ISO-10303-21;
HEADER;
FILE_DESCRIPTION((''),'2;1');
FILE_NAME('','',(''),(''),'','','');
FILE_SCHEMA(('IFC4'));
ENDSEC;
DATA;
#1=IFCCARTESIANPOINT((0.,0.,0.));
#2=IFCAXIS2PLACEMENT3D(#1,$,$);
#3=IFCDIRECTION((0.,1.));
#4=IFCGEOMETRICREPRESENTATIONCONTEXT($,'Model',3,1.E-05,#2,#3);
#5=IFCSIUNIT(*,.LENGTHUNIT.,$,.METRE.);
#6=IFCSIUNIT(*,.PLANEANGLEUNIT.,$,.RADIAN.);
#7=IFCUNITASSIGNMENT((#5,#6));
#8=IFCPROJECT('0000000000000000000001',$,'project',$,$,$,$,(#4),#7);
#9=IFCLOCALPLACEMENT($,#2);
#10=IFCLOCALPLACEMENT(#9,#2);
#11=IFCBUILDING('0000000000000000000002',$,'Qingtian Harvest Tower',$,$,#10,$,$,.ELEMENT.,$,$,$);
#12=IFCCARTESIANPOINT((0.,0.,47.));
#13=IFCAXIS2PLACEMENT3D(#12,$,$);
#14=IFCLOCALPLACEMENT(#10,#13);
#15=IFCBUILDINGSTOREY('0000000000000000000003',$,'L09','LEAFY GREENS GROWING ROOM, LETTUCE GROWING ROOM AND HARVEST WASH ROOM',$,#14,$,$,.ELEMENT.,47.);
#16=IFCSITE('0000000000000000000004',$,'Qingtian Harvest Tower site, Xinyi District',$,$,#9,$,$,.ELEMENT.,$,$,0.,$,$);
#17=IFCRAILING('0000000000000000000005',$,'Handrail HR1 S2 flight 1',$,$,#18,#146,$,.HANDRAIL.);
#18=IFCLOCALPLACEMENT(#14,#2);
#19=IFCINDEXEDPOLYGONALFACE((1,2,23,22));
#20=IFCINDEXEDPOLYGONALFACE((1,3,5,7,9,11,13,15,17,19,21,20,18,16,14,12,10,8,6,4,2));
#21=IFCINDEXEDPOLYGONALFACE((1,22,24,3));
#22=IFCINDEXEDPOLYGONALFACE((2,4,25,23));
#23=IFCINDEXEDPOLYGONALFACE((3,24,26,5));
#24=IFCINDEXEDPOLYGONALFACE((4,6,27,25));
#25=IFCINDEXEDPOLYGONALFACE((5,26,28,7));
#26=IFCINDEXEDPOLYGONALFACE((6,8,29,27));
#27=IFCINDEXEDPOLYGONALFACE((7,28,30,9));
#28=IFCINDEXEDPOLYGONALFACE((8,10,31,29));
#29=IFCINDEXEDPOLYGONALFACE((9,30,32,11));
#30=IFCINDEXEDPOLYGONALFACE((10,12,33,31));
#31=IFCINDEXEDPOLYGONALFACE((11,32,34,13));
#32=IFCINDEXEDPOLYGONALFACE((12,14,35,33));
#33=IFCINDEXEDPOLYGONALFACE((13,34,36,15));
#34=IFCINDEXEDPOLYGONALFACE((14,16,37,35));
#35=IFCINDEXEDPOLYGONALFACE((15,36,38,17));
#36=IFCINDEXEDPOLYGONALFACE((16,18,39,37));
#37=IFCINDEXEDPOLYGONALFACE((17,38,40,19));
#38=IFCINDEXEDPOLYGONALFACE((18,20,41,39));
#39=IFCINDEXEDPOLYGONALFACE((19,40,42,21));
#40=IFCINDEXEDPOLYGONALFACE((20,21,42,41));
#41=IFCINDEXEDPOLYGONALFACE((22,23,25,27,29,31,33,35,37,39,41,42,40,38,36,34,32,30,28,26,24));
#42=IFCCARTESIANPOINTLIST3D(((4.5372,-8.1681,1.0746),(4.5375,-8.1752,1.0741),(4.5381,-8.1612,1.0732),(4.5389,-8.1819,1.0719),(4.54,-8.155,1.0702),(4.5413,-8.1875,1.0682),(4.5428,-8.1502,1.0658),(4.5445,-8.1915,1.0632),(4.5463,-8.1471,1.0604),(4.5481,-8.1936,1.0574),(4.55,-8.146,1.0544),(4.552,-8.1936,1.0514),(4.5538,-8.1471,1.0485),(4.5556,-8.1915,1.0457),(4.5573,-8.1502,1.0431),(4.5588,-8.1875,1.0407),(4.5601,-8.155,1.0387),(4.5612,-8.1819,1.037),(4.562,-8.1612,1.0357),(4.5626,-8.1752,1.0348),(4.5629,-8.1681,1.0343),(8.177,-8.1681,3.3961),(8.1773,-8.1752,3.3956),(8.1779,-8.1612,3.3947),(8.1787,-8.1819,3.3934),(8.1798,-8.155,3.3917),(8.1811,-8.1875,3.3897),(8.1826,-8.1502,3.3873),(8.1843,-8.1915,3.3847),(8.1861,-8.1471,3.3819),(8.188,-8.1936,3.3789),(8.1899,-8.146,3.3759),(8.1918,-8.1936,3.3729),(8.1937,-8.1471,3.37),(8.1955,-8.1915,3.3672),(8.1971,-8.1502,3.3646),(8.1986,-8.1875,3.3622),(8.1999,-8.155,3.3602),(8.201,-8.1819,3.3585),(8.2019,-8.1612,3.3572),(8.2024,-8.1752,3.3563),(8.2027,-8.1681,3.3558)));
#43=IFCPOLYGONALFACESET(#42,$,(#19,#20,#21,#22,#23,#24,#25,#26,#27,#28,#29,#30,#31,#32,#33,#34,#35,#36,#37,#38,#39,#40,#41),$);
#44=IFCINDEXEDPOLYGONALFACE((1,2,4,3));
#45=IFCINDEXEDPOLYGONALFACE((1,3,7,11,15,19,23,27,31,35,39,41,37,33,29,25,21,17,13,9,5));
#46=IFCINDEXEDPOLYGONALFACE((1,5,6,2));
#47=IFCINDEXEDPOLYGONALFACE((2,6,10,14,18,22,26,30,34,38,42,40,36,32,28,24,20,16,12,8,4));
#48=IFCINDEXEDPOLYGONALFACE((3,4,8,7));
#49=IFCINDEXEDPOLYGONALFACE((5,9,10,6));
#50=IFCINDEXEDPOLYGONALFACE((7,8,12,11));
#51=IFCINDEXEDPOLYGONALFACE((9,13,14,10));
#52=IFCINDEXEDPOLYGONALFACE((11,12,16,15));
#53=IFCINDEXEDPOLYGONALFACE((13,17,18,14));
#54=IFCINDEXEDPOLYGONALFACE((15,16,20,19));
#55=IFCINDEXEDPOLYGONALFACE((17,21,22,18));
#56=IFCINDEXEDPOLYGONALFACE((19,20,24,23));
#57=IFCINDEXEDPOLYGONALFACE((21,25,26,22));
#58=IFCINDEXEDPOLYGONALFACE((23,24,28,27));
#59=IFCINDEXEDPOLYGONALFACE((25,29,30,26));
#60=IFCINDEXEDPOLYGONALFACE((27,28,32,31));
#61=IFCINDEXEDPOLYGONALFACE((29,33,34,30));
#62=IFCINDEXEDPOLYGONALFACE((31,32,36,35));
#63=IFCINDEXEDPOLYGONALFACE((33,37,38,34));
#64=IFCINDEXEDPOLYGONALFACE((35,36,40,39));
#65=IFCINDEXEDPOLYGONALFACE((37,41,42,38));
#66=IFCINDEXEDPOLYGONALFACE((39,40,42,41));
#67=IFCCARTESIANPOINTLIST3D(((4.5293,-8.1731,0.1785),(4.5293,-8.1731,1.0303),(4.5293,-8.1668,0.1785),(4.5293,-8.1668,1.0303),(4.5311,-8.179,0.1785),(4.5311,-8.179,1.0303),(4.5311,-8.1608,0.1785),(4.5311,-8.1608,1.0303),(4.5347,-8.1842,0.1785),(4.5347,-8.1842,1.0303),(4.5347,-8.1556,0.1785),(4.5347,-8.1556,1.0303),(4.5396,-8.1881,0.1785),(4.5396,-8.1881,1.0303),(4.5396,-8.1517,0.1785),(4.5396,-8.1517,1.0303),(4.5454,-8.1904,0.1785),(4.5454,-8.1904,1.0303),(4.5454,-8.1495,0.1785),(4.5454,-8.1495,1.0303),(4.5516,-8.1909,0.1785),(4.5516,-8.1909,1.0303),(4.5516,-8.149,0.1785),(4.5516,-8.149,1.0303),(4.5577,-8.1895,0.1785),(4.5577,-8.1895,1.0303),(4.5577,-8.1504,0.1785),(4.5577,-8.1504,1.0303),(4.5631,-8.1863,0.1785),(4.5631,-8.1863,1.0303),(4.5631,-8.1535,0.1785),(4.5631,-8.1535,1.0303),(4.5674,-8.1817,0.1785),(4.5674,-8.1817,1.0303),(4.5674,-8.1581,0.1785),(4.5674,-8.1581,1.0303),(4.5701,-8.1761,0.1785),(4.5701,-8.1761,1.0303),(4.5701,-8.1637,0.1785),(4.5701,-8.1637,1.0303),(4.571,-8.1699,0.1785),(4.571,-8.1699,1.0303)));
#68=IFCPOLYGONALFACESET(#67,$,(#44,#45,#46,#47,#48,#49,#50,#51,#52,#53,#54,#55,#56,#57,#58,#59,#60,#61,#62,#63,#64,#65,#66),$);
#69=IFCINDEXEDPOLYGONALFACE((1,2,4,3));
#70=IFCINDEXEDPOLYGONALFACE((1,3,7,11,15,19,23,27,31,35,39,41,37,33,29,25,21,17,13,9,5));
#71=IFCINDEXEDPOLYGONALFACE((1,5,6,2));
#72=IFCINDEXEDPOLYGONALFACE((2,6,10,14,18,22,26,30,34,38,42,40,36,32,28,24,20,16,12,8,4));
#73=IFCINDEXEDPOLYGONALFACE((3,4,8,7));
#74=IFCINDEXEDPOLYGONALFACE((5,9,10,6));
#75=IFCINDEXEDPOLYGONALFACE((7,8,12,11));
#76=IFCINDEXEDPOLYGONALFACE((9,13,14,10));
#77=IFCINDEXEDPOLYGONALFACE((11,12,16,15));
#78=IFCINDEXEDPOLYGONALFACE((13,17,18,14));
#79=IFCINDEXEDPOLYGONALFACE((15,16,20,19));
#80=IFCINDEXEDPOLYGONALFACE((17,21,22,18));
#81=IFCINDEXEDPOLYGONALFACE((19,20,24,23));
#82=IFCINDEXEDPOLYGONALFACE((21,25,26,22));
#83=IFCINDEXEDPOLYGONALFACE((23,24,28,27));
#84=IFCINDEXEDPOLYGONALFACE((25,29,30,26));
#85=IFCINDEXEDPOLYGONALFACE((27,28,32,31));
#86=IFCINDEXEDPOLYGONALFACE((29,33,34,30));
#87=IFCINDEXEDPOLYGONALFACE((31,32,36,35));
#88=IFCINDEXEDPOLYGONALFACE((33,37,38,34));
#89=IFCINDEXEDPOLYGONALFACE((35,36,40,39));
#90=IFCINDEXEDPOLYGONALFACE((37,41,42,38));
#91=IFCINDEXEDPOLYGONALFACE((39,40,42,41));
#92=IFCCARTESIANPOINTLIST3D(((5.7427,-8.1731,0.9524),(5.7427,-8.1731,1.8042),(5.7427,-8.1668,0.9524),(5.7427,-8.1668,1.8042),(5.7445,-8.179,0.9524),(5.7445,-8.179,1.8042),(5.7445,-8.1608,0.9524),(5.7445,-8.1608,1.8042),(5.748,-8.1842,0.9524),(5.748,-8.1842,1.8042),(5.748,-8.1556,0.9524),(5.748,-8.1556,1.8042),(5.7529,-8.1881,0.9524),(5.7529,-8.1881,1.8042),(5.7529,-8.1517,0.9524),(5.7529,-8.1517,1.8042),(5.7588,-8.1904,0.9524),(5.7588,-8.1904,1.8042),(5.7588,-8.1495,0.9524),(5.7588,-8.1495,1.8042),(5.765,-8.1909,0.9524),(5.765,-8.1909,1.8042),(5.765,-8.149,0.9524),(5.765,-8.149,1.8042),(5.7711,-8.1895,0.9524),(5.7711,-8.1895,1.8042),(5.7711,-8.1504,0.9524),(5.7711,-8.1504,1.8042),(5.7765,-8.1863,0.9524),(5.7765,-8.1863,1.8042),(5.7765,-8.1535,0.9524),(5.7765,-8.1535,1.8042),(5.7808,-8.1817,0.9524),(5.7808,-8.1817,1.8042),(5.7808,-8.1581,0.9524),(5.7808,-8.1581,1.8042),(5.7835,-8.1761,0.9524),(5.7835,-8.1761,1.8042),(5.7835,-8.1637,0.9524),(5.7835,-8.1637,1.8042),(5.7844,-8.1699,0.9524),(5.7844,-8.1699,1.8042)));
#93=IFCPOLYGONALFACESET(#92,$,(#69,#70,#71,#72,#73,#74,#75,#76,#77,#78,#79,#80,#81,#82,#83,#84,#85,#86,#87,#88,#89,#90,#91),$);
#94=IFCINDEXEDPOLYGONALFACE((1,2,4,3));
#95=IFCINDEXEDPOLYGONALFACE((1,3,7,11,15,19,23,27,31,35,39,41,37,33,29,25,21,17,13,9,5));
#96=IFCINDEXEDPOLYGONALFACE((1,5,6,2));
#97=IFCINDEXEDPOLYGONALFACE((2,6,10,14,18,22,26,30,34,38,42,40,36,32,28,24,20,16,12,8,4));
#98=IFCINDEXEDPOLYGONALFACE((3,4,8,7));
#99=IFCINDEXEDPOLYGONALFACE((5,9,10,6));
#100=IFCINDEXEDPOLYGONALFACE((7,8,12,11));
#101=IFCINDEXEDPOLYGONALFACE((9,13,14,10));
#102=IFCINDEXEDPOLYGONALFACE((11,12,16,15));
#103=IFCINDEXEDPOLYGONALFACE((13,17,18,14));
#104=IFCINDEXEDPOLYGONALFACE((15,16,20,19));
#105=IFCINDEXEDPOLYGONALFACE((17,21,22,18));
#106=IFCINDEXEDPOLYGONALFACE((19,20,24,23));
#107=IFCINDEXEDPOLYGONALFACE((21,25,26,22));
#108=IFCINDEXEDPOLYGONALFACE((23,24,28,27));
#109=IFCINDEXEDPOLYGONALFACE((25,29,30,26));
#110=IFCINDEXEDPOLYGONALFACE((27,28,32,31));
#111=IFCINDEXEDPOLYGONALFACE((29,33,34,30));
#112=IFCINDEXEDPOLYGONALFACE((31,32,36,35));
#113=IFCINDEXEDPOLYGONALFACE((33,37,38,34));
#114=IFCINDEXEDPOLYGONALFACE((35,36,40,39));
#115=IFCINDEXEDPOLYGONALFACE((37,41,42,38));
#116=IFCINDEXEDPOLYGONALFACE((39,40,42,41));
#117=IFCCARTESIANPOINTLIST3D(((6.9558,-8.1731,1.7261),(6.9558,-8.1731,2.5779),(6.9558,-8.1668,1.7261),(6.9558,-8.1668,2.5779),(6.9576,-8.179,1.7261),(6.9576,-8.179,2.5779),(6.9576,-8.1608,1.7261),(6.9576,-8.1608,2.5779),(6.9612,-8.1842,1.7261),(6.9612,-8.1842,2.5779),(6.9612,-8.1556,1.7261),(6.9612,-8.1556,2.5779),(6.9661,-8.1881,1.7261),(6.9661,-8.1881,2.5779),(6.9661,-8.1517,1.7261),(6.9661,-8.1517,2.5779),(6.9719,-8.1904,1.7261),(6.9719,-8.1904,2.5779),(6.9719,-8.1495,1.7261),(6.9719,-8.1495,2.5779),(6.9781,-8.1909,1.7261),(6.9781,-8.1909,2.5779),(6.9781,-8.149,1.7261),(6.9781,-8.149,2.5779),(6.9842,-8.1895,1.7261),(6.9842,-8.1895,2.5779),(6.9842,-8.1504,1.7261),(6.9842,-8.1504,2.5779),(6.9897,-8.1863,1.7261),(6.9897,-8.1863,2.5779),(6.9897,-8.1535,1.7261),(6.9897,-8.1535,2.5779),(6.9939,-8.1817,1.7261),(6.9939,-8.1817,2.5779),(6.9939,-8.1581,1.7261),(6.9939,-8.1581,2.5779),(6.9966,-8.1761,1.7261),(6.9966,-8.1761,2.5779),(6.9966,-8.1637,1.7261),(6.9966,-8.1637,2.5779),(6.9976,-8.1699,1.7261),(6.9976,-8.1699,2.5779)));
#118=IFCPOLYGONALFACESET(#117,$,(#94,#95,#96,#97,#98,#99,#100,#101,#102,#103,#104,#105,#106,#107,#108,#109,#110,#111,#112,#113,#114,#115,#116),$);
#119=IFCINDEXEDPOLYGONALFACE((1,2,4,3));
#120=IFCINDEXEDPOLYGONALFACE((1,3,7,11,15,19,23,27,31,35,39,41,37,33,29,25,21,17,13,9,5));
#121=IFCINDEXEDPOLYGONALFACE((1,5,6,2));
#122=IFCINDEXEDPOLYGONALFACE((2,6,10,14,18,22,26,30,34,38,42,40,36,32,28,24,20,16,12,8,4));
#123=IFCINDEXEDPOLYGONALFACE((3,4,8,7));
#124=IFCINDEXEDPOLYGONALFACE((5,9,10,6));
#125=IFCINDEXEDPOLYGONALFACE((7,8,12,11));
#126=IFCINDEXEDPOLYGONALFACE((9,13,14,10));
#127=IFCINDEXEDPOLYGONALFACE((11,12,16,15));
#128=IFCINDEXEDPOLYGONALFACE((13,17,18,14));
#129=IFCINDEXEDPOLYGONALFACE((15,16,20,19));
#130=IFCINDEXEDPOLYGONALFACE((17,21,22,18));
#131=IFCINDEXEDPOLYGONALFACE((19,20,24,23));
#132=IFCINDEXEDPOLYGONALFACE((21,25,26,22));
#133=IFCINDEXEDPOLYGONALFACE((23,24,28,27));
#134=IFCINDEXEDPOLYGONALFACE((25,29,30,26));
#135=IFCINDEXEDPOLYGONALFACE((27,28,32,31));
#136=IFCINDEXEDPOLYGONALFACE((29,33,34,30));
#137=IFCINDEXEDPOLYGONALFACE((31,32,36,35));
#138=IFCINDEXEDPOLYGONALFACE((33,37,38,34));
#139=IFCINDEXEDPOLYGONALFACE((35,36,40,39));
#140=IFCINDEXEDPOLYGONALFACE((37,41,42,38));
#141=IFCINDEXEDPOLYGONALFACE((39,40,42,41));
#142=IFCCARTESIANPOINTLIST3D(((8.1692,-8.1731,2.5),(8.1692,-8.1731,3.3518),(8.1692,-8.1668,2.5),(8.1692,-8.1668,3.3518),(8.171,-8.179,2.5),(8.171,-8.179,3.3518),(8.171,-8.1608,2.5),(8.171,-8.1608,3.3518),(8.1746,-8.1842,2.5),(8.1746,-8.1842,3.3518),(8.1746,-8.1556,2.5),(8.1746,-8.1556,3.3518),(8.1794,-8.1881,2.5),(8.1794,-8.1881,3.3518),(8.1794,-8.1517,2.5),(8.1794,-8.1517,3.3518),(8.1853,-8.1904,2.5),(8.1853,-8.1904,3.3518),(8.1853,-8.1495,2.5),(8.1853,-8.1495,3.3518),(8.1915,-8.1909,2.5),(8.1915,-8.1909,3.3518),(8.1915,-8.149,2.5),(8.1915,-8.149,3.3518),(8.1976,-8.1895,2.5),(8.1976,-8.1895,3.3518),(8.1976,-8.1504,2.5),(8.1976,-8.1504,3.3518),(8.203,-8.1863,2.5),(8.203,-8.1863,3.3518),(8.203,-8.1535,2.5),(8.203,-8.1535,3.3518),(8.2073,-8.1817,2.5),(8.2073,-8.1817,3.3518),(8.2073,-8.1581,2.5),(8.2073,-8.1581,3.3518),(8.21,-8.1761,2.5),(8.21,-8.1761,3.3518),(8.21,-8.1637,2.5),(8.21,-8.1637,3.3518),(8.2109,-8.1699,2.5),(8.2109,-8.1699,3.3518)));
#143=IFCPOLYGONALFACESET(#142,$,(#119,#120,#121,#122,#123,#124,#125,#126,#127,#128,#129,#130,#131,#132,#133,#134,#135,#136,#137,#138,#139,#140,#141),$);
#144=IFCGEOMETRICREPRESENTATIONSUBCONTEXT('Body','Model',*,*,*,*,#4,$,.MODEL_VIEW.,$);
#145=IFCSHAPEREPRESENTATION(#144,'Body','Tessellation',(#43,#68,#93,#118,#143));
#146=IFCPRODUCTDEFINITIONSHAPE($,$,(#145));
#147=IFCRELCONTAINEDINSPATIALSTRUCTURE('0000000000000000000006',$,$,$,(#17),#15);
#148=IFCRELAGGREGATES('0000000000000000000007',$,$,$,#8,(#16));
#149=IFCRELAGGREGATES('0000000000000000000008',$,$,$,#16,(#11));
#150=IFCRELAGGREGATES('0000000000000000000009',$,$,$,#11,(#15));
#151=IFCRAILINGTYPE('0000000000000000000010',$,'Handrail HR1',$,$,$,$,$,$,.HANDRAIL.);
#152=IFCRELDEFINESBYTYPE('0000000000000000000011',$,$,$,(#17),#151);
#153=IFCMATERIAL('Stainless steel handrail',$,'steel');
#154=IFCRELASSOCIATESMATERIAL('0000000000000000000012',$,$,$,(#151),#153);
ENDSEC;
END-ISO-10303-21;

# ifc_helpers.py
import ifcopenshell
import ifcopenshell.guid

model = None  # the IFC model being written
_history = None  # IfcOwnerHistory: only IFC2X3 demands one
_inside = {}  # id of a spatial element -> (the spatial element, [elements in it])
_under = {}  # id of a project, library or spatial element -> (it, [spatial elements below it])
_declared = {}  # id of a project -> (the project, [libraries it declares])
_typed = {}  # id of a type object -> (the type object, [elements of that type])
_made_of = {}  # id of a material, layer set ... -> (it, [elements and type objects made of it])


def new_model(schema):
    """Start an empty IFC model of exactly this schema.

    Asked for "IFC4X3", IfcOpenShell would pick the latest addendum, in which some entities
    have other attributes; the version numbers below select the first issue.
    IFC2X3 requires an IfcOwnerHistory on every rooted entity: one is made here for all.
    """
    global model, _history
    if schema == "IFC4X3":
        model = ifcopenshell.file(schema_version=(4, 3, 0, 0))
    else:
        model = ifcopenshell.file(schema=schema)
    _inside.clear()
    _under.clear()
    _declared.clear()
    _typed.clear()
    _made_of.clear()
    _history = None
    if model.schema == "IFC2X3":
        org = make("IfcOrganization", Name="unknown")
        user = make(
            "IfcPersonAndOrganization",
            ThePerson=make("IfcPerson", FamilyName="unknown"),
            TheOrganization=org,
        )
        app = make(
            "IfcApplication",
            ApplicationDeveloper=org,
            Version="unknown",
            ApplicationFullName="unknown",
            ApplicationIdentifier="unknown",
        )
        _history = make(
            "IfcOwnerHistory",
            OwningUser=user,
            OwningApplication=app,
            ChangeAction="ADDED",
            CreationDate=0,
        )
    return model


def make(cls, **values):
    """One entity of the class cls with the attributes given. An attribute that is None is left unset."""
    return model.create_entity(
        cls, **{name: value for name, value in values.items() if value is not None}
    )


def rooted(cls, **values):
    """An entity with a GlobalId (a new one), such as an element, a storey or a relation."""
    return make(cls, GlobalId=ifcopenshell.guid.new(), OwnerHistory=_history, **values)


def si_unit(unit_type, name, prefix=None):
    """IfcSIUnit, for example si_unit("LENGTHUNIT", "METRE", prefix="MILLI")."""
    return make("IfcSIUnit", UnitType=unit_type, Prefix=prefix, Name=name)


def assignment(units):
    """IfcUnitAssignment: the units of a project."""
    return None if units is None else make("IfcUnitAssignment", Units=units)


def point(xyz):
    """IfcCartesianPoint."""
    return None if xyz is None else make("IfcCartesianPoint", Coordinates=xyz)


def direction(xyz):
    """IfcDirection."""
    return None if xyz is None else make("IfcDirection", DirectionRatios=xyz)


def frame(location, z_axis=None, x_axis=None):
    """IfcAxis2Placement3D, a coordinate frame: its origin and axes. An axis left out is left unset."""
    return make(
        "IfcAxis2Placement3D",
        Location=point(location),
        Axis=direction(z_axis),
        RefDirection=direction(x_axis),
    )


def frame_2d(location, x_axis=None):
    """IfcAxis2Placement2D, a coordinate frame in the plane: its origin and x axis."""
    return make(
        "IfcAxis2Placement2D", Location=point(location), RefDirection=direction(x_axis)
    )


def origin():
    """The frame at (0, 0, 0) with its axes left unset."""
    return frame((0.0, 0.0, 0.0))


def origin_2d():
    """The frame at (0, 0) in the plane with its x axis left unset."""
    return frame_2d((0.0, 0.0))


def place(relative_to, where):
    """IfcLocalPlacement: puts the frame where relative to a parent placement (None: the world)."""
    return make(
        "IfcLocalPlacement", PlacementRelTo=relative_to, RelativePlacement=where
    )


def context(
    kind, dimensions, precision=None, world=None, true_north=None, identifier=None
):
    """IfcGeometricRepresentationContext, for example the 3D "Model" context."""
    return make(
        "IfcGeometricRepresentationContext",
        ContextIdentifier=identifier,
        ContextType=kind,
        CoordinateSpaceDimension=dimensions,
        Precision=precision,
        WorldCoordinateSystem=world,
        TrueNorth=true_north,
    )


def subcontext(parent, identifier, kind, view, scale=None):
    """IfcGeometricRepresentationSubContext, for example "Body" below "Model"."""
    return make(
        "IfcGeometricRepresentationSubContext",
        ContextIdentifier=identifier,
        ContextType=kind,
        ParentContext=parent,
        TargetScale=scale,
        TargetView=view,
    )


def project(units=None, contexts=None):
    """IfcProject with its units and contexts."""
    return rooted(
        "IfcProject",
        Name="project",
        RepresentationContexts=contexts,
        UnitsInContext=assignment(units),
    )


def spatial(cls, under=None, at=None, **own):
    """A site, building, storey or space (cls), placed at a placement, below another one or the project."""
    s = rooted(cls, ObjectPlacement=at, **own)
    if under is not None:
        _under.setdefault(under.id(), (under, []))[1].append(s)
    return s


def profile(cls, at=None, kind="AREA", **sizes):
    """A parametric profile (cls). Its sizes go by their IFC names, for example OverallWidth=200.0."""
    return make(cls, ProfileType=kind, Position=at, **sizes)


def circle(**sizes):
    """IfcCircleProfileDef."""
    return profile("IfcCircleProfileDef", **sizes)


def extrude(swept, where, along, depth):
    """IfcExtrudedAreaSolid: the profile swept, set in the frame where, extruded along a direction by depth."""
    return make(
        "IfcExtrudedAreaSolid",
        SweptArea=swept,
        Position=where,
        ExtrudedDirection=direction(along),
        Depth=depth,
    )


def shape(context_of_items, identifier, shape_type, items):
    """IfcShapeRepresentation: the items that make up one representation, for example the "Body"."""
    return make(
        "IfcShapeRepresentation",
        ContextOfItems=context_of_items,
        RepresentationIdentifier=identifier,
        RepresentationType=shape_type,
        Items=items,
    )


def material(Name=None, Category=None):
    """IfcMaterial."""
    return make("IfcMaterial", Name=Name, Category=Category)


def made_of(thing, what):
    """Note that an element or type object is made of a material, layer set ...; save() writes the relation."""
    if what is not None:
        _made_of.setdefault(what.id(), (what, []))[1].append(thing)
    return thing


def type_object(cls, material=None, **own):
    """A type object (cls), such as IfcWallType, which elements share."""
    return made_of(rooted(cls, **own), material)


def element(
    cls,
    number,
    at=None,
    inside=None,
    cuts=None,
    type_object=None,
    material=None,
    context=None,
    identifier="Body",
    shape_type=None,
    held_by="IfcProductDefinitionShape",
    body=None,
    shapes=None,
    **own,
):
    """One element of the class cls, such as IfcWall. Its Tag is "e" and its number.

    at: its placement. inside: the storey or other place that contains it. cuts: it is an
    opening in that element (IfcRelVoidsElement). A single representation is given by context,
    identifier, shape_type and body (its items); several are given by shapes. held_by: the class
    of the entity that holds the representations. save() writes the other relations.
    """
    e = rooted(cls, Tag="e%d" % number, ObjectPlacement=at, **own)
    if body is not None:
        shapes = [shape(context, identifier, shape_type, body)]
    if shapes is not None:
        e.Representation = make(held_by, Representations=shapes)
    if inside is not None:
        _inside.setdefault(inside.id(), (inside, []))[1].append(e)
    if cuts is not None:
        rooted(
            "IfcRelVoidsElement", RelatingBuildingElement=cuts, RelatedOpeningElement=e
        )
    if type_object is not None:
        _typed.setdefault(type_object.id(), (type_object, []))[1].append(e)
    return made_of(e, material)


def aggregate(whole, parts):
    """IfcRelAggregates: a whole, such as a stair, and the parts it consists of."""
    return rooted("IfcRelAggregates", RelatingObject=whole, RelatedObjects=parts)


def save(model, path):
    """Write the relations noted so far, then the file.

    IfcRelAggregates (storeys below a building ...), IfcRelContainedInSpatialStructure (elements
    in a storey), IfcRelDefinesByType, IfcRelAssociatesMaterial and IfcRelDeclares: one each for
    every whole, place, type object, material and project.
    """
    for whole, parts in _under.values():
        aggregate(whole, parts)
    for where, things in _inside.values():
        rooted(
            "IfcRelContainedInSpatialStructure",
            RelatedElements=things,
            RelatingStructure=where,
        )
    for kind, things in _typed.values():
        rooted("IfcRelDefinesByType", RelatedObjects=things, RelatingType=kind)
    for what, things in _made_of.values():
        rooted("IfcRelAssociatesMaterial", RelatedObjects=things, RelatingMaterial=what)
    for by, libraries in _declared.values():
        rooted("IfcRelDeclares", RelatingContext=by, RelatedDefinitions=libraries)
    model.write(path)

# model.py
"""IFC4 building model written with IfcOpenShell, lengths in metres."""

from ifc_helpers import new_model, si_unit, direction, frame, origin, origin_2d, place, context, subcontext, project, spatial, circle, extrude, material, type_object, element, save


model = new_model("IFC4")

# Units and contexts
model_context = context("Model", 3, precision=1e-05, world=origin(), true_north=direction((0.0, 1.0)))
body_context = subcontext(model_context, "Body", "Model", "MODEL_VIEW")
ifc_project = project(units=[si_unit("LENGTHUNIT", "METRE"), si_unit("PLANEANGLEUNIT", "RADIAN")], contexts=[model_context])

# Site, building, storey
site_placement = place(None, origin())
site = spatial("IfcSite", under=ifc_project, at=site_placement, Name="Qingtian Harvest Tower site, Xinyi District", CompositionType="ELEMENT", RefElevation=0.0)
building_placement = place(site_placement, origin())
building = spatial("IfcBuilding", under=site, at=building_placement, Name="Qingtian Harvest Tower", CompositionType="ELEMENT")
storey_placement = place(building_placement, frame((0.0, 0.0, 47.0)))
storey = spatial("IfcBuildingStorey", under=building, at=storey_placement, Name="L09", Description="LEAFY GREENS GROWING ROOM, LETTUCE GROWING ROOM AND HARVEST WASH ROOM", CompositionType="ELEMENT", Elevation=47.0)

# Railing
ifc_material_1 = material(Name="Stainless steel handrail", Category="steel")
railing_type = type_object("IfcRailingType", Name="Handrail HR1", PredefinedType="HANDRAIL", material=ifc_material_1)
railing_1_placement = place(storey_placement, frame((4.55, -8.1699, 0.1785)))
element("IfcRailing", 1, at=railing_1_placement, inside=storey, type_object=railing_type, Name="Handrail HR1 S2 flight 1", PredefinedType="HANDRAIL", context=body_context, shape_type="SweptSolid", body=[
    extrude(circle(Radius=0.0239, at=origin_2d()), frame((0.0, 0.0, 0.876), z_axis=(0.843112, 0.0, 0.537739), x_axis=(0.0, 1.0, 0.0)), (0.0, 0.0, 1.0), 4.3171),
    extrude(circle(Radius=0.021, at=origin_2d()), origin(), (0.0, 0.0, 1.0), 0.8518),
    extrude(circle(Radius=0.021, at=origin_2d()), frame((1.2134, 0.0, 0.7739)), (0.0, 0.0, 1.0), 0.8518),
    extrude(circle(Radius=0.021, at=origin_2d()), frame((2.4265, 0.0, 1.5476)), (0.0, 0.0, 1.0), 0.8518),
    extrude(circle(Radius=0.021, at=origin_2d()), frame((3.6399, 0.0, 2.3215)), (0.0, 0.0, 1.0), 0.8518),
])

save(model, "model.ifc")
